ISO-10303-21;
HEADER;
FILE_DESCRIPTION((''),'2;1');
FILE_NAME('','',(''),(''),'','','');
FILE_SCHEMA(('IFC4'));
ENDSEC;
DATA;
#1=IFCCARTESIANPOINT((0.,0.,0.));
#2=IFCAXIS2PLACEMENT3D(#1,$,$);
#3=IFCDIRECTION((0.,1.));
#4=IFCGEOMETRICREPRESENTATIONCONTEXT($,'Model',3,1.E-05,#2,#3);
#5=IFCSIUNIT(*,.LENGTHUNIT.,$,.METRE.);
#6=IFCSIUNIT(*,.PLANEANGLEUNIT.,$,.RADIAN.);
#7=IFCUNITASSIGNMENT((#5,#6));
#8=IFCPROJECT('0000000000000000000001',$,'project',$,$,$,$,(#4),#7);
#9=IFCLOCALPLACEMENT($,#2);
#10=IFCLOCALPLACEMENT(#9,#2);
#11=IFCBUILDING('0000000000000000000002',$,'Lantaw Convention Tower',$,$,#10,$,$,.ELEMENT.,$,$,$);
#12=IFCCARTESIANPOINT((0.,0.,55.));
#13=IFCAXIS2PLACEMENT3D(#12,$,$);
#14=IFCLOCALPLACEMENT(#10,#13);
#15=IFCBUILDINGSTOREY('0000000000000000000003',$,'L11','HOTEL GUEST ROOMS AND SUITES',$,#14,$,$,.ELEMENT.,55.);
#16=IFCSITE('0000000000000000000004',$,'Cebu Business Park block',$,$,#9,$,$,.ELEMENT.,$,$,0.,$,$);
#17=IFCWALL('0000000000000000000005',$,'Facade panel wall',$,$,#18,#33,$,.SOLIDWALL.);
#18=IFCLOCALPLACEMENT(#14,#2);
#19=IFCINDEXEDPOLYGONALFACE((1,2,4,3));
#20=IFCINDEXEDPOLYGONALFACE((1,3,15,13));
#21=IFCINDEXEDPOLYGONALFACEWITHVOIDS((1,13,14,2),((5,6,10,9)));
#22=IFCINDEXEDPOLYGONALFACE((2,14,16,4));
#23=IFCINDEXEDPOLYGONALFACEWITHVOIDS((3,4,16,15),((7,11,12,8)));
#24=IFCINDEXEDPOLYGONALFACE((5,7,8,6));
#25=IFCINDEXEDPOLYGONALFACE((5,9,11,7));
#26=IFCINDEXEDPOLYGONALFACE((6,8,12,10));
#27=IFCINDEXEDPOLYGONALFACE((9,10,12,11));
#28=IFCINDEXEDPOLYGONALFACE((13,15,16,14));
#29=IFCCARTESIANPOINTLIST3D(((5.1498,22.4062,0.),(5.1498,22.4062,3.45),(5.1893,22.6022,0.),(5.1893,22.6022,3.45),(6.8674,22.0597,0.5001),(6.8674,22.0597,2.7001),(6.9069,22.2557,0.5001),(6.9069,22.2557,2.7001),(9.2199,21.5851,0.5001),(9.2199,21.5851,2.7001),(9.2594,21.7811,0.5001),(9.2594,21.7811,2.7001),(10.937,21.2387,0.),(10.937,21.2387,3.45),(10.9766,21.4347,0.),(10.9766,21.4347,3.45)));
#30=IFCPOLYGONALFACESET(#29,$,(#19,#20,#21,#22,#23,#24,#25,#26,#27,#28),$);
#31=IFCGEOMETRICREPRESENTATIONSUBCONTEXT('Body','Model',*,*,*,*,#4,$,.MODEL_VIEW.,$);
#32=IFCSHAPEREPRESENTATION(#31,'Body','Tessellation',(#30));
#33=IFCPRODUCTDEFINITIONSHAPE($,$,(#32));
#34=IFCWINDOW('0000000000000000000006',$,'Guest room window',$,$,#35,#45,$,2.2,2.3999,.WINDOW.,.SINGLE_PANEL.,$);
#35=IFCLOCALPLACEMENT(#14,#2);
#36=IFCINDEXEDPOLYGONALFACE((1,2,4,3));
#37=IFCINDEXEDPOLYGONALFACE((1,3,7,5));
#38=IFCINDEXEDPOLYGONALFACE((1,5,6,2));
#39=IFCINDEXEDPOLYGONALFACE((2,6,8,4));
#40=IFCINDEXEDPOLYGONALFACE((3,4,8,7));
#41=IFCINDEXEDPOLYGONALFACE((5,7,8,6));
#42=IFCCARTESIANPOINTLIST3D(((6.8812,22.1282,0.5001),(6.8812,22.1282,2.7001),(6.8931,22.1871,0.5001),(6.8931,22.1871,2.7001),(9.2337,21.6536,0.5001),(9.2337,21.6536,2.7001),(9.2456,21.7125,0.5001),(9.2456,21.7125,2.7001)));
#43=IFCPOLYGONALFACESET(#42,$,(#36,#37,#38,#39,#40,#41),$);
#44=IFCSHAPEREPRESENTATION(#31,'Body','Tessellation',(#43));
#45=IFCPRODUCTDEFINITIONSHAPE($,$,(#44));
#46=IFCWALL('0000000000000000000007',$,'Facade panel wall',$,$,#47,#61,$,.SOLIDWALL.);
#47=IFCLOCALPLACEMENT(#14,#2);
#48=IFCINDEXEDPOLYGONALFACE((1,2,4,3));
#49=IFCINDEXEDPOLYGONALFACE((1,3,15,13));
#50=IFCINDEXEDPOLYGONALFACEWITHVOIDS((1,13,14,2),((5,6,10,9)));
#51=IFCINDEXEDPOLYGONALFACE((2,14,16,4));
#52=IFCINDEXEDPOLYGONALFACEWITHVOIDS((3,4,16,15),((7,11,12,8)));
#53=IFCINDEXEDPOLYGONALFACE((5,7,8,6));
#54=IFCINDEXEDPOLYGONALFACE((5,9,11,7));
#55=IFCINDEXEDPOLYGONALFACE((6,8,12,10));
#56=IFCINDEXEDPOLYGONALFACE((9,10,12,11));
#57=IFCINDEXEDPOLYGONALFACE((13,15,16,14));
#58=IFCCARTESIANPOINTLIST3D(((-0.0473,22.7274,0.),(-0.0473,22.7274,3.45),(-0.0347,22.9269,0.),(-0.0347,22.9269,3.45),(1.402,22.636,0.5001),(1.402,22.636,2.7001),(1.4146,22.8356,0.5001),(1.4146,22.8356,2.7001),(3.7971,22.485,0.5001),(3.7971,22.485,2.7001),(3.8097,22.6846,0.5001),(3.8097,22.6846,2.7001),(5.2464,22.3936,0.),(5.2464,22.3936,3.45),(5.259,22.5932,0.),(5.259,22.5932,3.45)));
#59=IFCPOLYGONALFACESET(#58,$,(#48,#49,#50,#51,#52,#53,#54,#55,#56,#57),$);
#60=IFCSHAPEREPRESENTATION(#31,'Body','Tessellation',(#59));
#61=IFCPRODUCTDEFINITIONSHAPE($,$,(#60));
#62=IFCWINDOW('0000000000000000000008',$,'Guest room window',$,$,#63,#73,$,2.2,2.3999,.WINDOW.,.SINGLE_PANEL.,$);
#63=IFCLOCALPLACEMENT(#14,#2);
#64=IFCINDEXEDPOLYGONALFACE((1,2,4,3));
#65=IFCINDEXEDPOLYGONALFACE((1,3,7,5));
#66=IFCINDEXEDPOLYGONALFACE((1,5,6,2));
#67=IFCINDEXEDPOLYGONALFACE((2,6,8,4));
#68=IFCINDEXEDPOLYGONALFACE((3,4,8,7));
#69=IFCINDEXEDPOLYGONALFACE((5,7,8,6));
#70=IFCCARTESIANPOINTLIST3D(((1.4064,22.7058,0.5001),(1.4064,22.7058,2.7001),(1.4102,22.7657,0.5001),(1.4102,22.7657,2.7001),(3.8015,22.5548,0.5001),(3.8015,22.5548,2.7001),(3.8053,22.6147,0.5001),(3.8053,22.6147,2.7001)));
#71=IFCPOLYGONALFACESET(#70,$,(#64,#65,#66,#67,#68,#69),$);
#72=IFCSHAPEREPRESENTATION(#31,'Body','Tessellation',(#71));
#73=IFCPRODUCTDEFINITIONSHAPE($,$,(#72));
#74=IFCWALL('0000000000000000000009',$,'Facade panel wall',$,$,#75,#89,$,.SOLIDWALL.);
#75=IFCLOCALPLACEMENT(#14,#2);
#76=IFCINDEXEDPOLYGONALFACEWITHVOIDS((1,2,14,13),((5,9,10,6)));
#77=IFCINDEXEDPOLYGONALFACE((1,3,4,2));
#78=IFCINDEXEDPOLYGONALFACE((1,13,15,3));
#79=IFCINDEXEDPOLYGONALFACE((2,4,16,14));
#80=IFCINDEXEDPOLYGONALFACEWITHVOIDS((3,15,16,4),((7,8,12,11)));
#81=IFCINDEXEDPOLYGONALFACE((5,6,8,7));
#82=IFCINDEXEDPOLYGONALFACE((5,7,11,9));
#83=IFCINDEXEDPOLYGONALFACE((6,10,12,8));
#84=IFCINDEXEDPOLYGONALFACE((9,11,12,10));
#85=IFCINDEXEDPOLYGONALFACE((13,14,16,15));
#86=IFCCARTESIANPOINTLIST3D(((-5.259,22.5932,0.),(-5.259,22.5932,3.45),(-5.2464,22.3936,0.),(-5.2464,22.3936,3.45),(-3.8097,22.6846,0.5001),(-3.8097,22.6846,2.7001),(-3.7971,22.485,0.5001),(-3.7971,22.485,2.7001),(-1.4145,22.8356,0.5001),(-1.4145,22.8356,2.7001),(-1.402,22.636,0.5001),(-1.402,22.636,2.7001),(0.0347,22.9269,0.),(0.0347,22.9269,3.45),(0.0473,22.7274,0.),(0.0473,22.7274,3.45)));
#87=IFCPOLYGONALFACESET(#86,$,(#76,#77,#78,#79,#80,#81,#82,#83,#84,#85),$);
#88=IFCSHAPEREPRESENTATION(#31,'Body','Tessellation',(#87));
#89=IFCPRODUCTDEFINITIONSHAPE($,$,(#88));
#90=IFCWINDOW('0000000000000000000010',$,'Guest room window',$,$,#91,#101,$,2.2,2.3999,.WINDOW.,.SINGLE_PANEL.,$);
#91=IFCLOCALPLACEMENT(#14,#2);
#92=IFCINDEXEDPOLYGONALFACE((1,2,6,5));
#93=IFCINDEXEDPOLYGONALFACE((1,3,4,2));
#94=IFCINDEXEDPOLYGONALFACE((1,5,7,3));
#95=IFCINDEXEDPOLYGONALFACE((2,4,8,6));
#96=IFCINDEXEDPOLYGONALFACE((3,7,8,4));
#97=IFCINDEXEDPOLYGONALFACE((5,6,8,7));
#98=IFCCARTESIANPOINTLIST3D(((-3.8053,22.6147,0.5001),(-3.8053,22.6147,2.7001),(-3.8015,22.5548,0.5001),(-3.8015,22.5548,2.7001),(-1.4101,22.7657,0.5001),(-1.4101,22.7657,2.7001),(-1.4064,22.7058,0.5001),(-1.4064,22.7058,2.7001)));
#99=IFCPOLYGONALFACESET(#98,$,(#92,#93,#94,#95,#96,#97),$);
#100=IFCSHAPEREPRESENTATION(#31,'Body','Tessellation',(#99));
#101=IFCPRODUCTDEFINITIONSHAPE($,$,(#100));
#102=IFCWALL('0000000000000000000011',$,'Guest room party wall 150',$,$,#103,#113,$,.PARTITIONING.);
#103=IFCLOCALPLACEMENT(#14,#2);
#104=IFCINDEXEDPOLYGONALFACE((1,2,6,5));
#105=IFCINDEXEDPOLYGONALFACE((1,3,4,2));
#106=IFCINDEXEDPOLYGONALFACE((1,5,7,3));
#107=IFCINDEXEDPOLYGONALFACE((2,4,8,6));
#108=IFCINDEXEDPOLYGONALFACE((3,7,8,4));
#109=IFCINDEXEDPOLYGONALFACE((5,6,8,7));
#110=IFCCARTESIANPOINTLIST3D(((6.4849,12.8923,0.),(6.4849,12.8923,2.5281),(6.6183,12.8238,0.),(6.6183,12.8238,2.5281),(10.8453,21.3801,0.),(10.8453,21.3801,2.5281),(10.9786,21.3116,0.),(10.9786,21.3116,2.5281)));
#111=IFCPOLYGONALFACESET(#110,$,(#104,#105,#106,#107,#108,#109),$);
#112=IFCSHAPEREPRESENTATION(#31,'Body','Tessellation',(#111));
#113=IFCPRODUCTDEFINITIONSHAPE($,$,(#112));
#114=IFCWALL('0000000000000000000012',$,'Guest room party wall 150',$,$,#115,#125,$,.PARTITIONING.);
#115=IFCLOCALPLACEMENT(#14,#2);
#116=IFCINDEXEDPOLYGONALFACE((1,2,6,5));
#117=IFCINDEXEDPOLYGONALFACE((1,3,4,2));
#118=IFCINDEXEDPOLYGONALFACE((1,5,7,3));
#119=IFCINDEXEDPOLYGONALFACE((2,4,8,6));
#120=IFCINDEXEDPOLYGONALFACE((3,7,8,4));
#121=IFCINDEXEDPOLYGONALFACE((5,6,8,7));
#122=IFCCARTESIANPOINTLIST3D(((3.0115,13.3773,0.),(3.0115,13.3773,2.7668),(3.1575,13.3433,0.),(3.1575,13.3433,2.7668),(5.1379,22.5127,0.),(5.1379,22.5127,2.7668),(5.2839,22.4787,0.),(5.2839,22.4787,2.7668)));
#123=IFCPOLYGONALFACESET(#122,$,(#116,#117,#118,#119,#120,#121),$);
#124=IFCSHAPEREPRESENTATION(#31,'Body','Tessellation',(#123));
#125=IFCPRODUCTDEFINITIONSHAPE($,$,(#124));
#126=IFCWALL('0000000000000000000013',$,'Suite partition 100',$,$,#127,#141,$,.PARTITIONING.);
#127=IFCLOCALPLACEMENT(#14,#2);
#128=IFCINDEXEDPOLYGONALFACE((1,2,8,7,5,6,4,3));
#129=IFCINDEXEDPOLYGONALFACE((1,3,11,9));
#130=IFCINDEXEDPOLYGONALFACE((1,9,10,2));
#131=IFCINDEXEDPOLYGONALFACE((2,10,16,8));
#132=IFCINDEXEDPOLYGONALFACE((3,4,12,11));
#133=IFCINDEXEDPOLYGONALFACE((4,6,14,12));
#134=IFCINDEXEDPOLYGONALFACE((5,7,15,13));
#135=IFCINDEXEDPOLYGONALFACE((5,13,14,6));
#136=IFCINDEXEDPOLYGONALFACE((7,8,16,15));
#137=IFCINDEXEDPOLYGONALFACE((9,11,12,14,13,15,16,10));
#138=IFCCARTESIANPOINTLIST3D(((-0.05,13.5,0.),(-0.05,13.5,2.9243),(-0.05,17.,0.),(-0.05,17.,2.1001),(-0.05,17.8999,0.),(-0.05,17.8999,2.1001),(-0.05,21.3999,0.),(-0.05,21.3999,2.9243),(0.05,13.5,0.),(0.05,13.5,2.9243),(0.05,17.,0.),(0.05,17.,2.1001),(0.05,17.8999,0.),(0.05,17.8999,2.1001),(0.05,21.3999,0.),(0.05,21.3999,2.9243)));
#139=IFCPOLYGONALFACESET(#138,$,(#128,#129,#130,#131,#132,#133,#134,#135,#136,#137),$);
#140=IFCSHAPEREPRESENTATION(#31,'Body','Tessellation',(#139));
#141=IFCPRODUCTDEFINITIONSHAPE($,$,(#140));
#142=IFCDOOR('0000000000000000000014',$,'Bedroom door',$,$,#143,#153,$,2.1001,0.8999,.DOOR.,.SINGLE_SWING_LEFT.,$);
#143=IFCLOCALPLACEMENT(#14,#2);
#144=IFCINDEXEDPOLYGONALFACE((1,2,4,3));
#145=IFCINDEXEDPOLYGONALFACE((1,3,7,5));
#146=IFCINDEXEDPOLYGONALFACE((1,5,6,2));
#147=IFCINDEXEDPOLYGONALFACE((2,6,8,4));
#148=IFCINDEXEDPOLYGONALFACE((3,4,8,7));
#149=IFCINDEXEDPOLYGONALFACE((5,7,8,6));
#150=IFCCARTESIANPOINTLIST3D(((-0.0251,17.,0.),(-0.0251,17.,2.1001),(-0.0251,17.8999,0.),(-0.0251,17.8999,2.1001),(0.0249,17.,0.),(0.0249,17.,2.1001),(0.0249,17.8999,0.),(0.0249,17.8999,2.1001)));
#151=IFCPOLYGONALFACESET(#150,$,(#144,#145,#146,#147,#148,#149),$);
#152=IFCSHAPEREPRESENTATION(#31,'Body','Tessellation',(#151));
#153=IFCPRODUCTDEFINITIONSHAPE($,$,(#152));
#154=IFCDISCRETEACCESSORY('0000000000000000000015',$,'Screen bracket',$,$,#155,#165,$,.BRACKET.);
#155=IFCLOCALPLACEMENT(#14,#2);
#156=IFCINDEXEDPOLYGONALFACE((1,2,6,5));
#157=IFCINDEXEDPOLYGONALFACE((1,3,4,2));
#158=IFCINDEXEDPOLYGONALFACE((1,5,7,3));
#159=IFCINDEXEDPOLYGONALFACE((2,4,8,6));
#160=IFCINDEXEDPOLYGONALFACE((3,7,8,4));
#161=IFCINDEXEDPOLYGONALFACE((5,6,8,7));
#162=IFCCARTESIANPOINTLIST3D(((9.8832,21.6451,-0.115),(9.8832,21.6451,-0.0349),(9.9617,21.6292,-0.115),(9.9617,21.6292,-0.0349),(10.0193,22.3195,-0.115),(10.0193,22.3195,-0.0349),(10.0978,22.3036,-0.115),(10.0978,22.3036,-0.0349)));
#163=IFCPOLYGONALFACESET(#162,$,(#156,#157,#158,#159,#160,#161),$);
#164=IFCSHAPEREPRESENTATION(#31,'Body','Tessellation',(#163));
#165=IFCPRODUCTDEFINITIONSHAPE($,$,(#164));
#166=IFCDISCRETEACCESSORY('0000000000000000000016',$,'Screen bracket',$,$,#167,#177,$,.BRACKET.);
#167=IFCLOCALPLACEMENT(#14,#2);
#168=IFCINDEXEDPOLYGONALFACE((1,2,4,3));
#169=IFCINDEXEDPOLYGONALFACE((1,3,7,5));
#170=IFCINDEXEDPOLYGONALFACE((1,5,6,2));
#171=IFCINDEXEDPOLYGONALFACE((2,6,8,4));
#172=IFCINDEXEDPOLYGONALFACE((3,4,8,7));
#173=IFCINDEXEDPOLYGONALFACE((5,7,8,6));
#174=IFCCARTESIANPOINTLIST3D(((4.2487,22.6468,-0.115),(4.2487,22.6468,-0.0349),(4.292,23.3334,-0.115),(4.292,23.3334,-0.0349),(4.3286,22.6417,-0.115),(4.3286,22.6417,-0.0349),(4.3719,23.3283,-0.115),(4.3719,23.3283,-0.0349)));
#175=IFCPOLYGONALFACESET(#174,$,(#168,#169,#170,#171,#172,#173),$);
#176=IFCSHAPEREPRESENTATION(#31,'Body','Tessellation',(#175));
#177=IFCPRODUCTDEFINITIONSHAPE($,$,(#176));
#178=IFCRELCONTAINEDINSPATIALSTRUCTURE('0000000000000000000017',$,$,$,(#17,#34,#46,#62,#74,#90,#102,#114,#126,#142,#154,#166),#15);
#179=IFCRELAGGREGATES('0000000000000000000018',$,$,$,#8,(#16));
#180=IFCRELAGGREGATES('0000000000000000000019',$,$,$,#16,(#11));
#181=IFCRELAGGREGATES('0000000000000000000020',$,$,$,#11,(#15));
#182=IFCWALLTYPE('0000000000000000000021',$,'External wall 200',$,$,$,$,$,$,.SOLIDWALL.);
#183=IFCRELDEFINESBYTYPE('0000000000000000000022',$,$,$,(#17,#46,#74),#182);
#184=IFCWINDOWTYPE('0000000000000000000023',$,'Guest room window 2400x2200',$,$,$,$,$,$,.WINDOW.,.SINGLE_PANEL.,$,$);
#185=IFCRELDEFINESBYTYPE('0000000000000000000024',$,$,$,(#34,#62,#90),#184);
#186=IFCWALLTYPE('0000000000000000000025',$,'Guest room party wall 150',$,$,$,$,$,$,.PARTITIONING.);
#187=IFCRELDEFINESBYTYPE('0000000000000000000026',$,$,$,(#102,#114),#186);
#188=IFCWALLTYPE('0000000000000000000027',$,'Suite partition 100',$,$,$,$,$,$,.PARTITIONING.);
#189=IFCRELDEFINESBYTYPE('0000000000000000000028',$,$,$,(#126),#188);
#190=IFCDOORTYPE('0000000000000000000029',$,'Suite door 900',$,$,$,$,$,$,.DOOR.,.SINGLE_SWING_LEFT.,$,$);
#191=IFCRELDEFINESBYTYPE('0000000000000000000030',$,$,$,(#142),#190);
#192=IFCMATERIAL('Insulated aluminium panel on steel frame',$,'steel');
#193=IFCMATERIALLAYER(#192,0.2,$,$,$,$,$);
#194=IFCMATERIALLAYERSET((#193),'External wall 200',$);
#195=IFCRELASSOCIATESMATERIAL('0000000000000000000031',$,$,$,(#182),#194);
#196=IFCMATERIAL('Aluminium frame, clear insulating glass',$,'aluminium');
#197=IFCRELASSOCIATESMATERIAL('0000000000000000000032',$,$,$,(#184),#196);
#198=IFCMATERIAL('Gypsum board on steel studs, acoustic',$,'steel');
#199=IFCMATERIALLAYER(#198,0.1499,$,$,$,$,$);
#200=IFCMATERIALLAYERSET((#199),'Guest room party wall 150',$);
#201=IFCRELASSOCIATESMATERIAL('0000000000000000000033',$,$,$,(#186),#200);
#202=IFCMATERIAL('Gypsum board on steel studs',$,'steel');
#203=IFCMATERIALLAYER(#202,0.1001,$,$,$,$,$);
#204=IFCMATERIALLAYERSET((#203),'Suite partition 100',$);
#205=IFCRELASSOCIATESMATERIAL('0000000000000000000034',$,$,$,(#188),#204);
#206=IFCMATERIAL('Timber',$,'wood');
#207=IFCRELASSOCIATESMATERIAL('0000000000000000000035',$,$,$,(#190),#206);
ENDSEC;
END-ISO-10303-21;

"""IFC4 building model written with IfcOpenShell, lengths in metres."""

from ifc_helpers import new_model, si_unit, direction, frame, frame_2d, origin, origin_2d, place, context, subcontext, project, spatial, rectangle, extrude, material, layer, layer_set, type_object, element, fill, save


model = new_model("IFC4")

# Units and contexts
model_context = context("Model", 3, precision=1e-05, world=origin(), true_north=direction((0.0, 1.0)))
body_context = subcontext(model_context, "Body", "Model", "MODEL_VIEW")
ifc_project = project(units=[si_unit("LENGTHUNIT", "METRE"), si_unit("PLANEANGLEUNIT", "RADIAN")], contexts=[model_context])

# Site, building, storey
site_placement = place(None, origin())
site = spatial("IfcSite", under=ifc_project, at=site_placement, Name="Cebu Business Park block", CompositionType="ELEMENT", RefElevation=0.0)
building_placement = place(site_placement, origin())
building = spatial("IfcBuilding", under=site, at=building_placement, Name="Lantaw Convention Tower", CompositionType="ELEMENT")
storey_placement = place(building_placement, frame((0.0, 0.0, 55.0)))
storey = spatial("IfcBuildingStorey", under=building, at=storey_placement, Name="L11", Description="HOTEL GUEST ROOMS AND SUITES", CompositionType="ELEMENT", Elevation=55.0)

# Walls, openings, windows
ifc_material_1 = material(Name="Insulated aluminium panel on steel frame", Category="steel")
ifc_layer_1 = layer(ifc_material_1, 0.2)
ifc_layer_set_1 = layer_set([ifc_layer_1], Name="External wall 200")
wall_type_1 = type_object("IfcWallType", Name="External wall 200", PredefinedType="SOLIDWALL", material=ifc_layer_set_1)
wall_1_placement = place(storey_placement, frame((10.9568, 21.3367, 0.0), z_axis=(0.0, 0.0, 1.0), x_axis=(-0.980252, 0.197754, 0.0)))
wall_1 = element("IfcWall", 1, at=wall_1_placement, inside=storey, type_object=wall_type_1, Name="Facade panel wall", PredefinedType="SOLIDWALL", context=body_context, shape_type="SweptSolid", body=[
    extrude(rectangle(XDim=5.9038, YDim=0.2, at=frame_2d((2.9519, 0.0))), origin(), (0.0, 0.0, 1.0), 3.45),
])
opening_1_placement = place(wall_1_placement, frame((1.7517, 0.0, 0.5)))
opening_1 = element("IfcOpeningElement", 2, at=opening_1_placement, cuts=wall_1, PredefinedType="OPENING", context=body_context, shape_type="SweptSolid", body=[
    extrude(rectangle(XDim=2.3999, YDim=2.2, at=frame_2d((1.2, 1.1001))), frame((0.0, 0.1099, 0.0), z_axis=(0.0, -1.0, 0.0), x_axis=(1.0, 0.0, 0.0)), (0.0, 0.0, 1.0), 0.22),
])
ifc_material_2 = material(Name="Aluminium frame, clear insulating glass", Category="aluminium")
window_type = type_object("IfcWindowType", Name="Guest room window 2400x2200", PartitioningType="SINGLE_PANEL", PredefinedType="WINDOW", material=ifc_material_2)
window_1_placement = place(opening_1_placement, origin())
window_1 = element("IfcWindow", 3, at=window_1_placement, inside=storey, type_object=window_type, Name="Guest room window", OverallHeight=2.2, OverallWidth=2.3999, PartitioningType="SINGLE_PANEL", PredefinedType="WINDOW", context=body_context, shape_type="SweptSolid", body=[
    extrude(rectangle(XDim=2.3999, YDim=2.2, at=frame_2d((1.2, 1.1001))), frame((0.0, 0.03, 0.0), z_axis=(0.0, -1.0, 0.0), x_axis=(1.0, 0.0, 0.0)), (0.0, 0.0, 1.0), 0.0601),
])
fill(opening_1, window_1)
wall_2_placement = place(storey_placement, frame((5.2527, 22.4934, 0.0), z_axis=(0.0, 0.0, 1.0), x_axis=(-0.998019, 0.06292, 0.0)))
wall_2 = element("IfcWall", 4, at=wall_2_placement, inside=storey, type_object=wall_type_1, Name="Facade panel wall", PredefinedType="SOLIDWALL", context=body_context, shape_type="SweptSolid", body=[
    extrude(rectangle(XDim=5.3042, YDim=0.2, at=frame_2d((2.6521, 0.0))), origin(), (0.0, 0.0, 1.0), 3.45),
])
opening_2_placement = place(wall_2_placement, frame((1.4521, 0.0, 0.5)))
opening_2 = element("IfcOpeningElement", 5, at=opening_2_placement, cuts=wall_2, PredefinedType="OPENING", context=body_context, shape_type="SweptSolid", body=[
    extrude(rectangle(XDim=2.3999, YDim=2.2, at=frame_2d((1.2, 1.1001))), frame((0.0, 0.1099, 0.0), z_axis=(0.0, -1.0, 0.0), x_axis=(1.0, 0.0, 0.0)), (0.0, 0.0, 1.0), 0.22),
])
window_2_placement = place(opening_2_placement, origin())
window_2 = element("IfcWindow", 6, at=window_2_placement, inside=storey, type_object=window_type, Name="Guest room window", OverallHeight=2.2, OverallWidth=2.3999, PartitioningType="SINGLE_PANEL", PredefinedType="WINDOW", context=body_context, shape_type="SweptSolid", body=[
    extrude(rectangle(XDim=2.3999, YDim=2.2, at=frame_2d((1.2, 1.1001))), frame((0.0, 0.03, 0.0), z_axis=(0.0, -1.0, 0.0), x_axis=(1.0, 0.0, 0.0)), (0.0, 0.0, 1.0), 0.0601),
])
fill(opening_2, window_2)
wall_3_placement = place(storey_placement, frame((0.041, 22.8271, 0.0), z_axis=(0.0, 0.0, 1.0), x_axis=(-0.998019, -0.06292, 0.0)))
wall_3 = element("IfcWall", 7, at=wall_3_placement, inside=storey, type_object=wall_type_1, Name="Facade panel wall", PredefinedType="SOLIDWALL", context=body_context, shape_type="SweptSolid", body=[
    extrude(rectangle(XDim=5.3042, YDim=0.2, at=frame_2d((2.6521, 0.0))), origin(), (0.0, 0.0, 1.0), 3.45),
])
opening_3_placement = place(wall_3_placement, frame((1.4521, 0.0, 0.5)))
opening_3 = element("IfcOpeningElement", 8, at=opening_3_placement, cuts=wall_3, PredefinedType="OPENING", context=body_context, shape_type="SweptSolid", body=[
    extrude(rectangle(XDim=2.3999, YDim=2.2, at=frame_2d((1.2, 1.1001))), frame((0.0, 0.1099, 0.0), z_axis=(0.0, -1.0, 0.0), x_axis=(1.0, 0.0, 0.0)), (0.0, 0.0, 1.0), 0.22),
])
window_3_placement = place(opening_3_placement, origin())
window_3 = element("IfcWindow", 9, at=window_3_placement, inside=storey, type_object=window_type, Name="Guest room window", OverallHeight=2.2, OverallWidth=2.3999, PartitioningType="SINGLE_PANEL", PredefinedType="WINDOW", context=body_context, shape_type="SweptSolid", body=[
    extrude(rectangle(XDim=2.3999, YDim=2.2, at=frame_2d((1.2, 1.1001))), frame((0.0, 0.03, 0.0), z_axis=(0.0, -1.0, 0.0), x_axis=(1.0, 0.0, 0.0)), (0.0, 0.0, 1.0), 0.0601),
])
fill(opening_3, window_3)

# Walls
ifc_material_3 = material(Name="Gypsum board on steel studs, acoustic", Category="steel")
ifc_layer_2 = layer(ifc_material_3, 0.1499)
ifc_layer_set_2 = layer_set([ifc_layer_2], Name="Guest room party wall 150")
wall_type_2 = type_object("IfcWallType", Name="Guest room party wall 150", PredefinedType="PARTITIONING", material=ifc_layer_set_2)
wall_4_placement = place(storey_placement, frame((10.9119, 21.3457, 0.0), z_axis=(0.0, 0.0, 1.0), x_axis=(-0.45695, -0.889492, 0.0)))
element("IfcWall", 10, at=wall_4_placement, inside=storey, type_object=wall_type_2, Name="Guest room party wall 150", PredefinedType="PARTITIONING", context=body_context, shape_type="SweptSolid", body=[
    extrude(rectangle(XDim=9.5422, YDim=0.1499, at=frame_2d((4.771, 0.0))), origin(), (0.0, 0.0, 1.0), 2.5281),
])
wall_5_placement = place(storey_placement, frame((5.2109, 22.4958, 0.0), z_axis=(0.0, 0.0, 1.0), x_axis=(-0.226709, -0.973963, 0.0)))
element("IfcWall", 11, at=wall_5_placement, inside=storey, type_object=wall_type_2, Name="Guest room party wall 150", PredefinedType="PARTITIONING", context=body_context, shape_type="SweptSolid", body=[
    extrude(rectangle(XDim=9.3796, YDim=0.1499, at=frame_2d((4.6899, 0.0))), origin(), (0.0, 0.0, 1.0), 2.7668),
])

# Wall, opening, door
ifc_material_4 = material(Name="Gypsum board on steel studs", Category="steel")
ifc_layer_3 = layer(ifc_material_4, 0.1001)
ifc_layer_set_3 = layer_set([ifc_layer_3], Name="Suite partition 100")
wall_type_3 = type_object("IfcWallType", Name="Suite partition 100", PredefinedType="PARTITIONING", material=ifc_layer_set_3)
wall_6_placement = place(storey_placement, frame((0.0, 21.3999, 0.0), z_axis=(0.0, 0.0, 1.0), x_axis=(0.0, -1.0, 0.0)))
wall_6 = element("IfcWall", 12, at=wall_6_placement, inside=storey, type_object=wall_type_3, Name="Suite partition 100", PredefinedType="PARTITIONING", context=body_context, shape_type="SweptSolid", body=[
    extrude(rectangle(XDim=7.8999, YDim=0.1001, at=frame_2d((3.95, 0.0))), origin(), (0.0, 0.0, 1.0), 2.9243),
])
opening_4_placement = place(wall_6_placement, frame((3.5, 0.0, 0.0)))
opening_4 = element("IfcOpeningElement", 13, at=opening_4_placement, cuts=wall_6, PredefinedType="OPENING", context=body_context, shape_type="SweptSolid", body=[
    extrude(rectangle(XDim=0.8999, YDim=2.1001, at=frame_2d((0.45, 1.05))), frame((0.0, 0.0601, 0.0), z_axis=(0.0, -1.0, 0.0), x_axis=(1.0, 0.0, 0.0)), (0.0, 0.0, 1.0), 0.1201),
])
ifc_material_5 = material(Name="Timber", Category="wood")
door_type = type_object("IfcDoorType", Name="Suite door 900", OperationType="SINGLE_SWING_LEFT", PredefinedType="DOOR", material=ifc_material_5)
door_placement = place(opening_4_placement, origin())
door = element("IfcDoor", 14, at=door_placement, inside=storey, type_object=door_type, Name="Bedroom door", OperationType="SINGLE_SWING_LEFT", OverallHeight=2.1001, OverallWidth=0.8999, PredefinedType="DOOR", context=body_context, shape_type="SweptSolid", body=[
    extrude(rectangle(XDim=0.8999, YDim=2.1001, at=frame_2d((0.45, 1.05))), frame((0.0, 0.0249, 0.0), z_axis=(0.0, -1.0, 0.0), x_axis=(1.0, 0.0, 0.0)), (0.0, 0.0, 1.0), 0.05),
])
fill(opening_4, door)

# Discrete accessories
for number, where, z_axis, x_axis, name in (
    (15, (9.9905, 21.9744, -0.115), (0.0, 0.0, 1.0), (-0.980245, 0.197789, 0.0), "Screen bracket"),
    (16, (4.3103, 22.9875, -0.115), (0.0, 0.0, 1.0), (-0.998016, 0.062958, 0.0), "Screen bracket"),
):
    element("IfcDiscreteAccessory", number, at=place(storey_placement, frame(where, z_axis=z_axis, x_axis=x_axis)), inside=storey, Name=name, PredefinedType="BRACKET", context=body_context, shape_type="SweptSolid", body=[
        extrude(rectangle(XDim=0.0801, YDim=0.688, at=origin_2d()), origin(), (0.0, 0.0, 1.0), 0.0801),
    ])

save(model, "model.ifc")
